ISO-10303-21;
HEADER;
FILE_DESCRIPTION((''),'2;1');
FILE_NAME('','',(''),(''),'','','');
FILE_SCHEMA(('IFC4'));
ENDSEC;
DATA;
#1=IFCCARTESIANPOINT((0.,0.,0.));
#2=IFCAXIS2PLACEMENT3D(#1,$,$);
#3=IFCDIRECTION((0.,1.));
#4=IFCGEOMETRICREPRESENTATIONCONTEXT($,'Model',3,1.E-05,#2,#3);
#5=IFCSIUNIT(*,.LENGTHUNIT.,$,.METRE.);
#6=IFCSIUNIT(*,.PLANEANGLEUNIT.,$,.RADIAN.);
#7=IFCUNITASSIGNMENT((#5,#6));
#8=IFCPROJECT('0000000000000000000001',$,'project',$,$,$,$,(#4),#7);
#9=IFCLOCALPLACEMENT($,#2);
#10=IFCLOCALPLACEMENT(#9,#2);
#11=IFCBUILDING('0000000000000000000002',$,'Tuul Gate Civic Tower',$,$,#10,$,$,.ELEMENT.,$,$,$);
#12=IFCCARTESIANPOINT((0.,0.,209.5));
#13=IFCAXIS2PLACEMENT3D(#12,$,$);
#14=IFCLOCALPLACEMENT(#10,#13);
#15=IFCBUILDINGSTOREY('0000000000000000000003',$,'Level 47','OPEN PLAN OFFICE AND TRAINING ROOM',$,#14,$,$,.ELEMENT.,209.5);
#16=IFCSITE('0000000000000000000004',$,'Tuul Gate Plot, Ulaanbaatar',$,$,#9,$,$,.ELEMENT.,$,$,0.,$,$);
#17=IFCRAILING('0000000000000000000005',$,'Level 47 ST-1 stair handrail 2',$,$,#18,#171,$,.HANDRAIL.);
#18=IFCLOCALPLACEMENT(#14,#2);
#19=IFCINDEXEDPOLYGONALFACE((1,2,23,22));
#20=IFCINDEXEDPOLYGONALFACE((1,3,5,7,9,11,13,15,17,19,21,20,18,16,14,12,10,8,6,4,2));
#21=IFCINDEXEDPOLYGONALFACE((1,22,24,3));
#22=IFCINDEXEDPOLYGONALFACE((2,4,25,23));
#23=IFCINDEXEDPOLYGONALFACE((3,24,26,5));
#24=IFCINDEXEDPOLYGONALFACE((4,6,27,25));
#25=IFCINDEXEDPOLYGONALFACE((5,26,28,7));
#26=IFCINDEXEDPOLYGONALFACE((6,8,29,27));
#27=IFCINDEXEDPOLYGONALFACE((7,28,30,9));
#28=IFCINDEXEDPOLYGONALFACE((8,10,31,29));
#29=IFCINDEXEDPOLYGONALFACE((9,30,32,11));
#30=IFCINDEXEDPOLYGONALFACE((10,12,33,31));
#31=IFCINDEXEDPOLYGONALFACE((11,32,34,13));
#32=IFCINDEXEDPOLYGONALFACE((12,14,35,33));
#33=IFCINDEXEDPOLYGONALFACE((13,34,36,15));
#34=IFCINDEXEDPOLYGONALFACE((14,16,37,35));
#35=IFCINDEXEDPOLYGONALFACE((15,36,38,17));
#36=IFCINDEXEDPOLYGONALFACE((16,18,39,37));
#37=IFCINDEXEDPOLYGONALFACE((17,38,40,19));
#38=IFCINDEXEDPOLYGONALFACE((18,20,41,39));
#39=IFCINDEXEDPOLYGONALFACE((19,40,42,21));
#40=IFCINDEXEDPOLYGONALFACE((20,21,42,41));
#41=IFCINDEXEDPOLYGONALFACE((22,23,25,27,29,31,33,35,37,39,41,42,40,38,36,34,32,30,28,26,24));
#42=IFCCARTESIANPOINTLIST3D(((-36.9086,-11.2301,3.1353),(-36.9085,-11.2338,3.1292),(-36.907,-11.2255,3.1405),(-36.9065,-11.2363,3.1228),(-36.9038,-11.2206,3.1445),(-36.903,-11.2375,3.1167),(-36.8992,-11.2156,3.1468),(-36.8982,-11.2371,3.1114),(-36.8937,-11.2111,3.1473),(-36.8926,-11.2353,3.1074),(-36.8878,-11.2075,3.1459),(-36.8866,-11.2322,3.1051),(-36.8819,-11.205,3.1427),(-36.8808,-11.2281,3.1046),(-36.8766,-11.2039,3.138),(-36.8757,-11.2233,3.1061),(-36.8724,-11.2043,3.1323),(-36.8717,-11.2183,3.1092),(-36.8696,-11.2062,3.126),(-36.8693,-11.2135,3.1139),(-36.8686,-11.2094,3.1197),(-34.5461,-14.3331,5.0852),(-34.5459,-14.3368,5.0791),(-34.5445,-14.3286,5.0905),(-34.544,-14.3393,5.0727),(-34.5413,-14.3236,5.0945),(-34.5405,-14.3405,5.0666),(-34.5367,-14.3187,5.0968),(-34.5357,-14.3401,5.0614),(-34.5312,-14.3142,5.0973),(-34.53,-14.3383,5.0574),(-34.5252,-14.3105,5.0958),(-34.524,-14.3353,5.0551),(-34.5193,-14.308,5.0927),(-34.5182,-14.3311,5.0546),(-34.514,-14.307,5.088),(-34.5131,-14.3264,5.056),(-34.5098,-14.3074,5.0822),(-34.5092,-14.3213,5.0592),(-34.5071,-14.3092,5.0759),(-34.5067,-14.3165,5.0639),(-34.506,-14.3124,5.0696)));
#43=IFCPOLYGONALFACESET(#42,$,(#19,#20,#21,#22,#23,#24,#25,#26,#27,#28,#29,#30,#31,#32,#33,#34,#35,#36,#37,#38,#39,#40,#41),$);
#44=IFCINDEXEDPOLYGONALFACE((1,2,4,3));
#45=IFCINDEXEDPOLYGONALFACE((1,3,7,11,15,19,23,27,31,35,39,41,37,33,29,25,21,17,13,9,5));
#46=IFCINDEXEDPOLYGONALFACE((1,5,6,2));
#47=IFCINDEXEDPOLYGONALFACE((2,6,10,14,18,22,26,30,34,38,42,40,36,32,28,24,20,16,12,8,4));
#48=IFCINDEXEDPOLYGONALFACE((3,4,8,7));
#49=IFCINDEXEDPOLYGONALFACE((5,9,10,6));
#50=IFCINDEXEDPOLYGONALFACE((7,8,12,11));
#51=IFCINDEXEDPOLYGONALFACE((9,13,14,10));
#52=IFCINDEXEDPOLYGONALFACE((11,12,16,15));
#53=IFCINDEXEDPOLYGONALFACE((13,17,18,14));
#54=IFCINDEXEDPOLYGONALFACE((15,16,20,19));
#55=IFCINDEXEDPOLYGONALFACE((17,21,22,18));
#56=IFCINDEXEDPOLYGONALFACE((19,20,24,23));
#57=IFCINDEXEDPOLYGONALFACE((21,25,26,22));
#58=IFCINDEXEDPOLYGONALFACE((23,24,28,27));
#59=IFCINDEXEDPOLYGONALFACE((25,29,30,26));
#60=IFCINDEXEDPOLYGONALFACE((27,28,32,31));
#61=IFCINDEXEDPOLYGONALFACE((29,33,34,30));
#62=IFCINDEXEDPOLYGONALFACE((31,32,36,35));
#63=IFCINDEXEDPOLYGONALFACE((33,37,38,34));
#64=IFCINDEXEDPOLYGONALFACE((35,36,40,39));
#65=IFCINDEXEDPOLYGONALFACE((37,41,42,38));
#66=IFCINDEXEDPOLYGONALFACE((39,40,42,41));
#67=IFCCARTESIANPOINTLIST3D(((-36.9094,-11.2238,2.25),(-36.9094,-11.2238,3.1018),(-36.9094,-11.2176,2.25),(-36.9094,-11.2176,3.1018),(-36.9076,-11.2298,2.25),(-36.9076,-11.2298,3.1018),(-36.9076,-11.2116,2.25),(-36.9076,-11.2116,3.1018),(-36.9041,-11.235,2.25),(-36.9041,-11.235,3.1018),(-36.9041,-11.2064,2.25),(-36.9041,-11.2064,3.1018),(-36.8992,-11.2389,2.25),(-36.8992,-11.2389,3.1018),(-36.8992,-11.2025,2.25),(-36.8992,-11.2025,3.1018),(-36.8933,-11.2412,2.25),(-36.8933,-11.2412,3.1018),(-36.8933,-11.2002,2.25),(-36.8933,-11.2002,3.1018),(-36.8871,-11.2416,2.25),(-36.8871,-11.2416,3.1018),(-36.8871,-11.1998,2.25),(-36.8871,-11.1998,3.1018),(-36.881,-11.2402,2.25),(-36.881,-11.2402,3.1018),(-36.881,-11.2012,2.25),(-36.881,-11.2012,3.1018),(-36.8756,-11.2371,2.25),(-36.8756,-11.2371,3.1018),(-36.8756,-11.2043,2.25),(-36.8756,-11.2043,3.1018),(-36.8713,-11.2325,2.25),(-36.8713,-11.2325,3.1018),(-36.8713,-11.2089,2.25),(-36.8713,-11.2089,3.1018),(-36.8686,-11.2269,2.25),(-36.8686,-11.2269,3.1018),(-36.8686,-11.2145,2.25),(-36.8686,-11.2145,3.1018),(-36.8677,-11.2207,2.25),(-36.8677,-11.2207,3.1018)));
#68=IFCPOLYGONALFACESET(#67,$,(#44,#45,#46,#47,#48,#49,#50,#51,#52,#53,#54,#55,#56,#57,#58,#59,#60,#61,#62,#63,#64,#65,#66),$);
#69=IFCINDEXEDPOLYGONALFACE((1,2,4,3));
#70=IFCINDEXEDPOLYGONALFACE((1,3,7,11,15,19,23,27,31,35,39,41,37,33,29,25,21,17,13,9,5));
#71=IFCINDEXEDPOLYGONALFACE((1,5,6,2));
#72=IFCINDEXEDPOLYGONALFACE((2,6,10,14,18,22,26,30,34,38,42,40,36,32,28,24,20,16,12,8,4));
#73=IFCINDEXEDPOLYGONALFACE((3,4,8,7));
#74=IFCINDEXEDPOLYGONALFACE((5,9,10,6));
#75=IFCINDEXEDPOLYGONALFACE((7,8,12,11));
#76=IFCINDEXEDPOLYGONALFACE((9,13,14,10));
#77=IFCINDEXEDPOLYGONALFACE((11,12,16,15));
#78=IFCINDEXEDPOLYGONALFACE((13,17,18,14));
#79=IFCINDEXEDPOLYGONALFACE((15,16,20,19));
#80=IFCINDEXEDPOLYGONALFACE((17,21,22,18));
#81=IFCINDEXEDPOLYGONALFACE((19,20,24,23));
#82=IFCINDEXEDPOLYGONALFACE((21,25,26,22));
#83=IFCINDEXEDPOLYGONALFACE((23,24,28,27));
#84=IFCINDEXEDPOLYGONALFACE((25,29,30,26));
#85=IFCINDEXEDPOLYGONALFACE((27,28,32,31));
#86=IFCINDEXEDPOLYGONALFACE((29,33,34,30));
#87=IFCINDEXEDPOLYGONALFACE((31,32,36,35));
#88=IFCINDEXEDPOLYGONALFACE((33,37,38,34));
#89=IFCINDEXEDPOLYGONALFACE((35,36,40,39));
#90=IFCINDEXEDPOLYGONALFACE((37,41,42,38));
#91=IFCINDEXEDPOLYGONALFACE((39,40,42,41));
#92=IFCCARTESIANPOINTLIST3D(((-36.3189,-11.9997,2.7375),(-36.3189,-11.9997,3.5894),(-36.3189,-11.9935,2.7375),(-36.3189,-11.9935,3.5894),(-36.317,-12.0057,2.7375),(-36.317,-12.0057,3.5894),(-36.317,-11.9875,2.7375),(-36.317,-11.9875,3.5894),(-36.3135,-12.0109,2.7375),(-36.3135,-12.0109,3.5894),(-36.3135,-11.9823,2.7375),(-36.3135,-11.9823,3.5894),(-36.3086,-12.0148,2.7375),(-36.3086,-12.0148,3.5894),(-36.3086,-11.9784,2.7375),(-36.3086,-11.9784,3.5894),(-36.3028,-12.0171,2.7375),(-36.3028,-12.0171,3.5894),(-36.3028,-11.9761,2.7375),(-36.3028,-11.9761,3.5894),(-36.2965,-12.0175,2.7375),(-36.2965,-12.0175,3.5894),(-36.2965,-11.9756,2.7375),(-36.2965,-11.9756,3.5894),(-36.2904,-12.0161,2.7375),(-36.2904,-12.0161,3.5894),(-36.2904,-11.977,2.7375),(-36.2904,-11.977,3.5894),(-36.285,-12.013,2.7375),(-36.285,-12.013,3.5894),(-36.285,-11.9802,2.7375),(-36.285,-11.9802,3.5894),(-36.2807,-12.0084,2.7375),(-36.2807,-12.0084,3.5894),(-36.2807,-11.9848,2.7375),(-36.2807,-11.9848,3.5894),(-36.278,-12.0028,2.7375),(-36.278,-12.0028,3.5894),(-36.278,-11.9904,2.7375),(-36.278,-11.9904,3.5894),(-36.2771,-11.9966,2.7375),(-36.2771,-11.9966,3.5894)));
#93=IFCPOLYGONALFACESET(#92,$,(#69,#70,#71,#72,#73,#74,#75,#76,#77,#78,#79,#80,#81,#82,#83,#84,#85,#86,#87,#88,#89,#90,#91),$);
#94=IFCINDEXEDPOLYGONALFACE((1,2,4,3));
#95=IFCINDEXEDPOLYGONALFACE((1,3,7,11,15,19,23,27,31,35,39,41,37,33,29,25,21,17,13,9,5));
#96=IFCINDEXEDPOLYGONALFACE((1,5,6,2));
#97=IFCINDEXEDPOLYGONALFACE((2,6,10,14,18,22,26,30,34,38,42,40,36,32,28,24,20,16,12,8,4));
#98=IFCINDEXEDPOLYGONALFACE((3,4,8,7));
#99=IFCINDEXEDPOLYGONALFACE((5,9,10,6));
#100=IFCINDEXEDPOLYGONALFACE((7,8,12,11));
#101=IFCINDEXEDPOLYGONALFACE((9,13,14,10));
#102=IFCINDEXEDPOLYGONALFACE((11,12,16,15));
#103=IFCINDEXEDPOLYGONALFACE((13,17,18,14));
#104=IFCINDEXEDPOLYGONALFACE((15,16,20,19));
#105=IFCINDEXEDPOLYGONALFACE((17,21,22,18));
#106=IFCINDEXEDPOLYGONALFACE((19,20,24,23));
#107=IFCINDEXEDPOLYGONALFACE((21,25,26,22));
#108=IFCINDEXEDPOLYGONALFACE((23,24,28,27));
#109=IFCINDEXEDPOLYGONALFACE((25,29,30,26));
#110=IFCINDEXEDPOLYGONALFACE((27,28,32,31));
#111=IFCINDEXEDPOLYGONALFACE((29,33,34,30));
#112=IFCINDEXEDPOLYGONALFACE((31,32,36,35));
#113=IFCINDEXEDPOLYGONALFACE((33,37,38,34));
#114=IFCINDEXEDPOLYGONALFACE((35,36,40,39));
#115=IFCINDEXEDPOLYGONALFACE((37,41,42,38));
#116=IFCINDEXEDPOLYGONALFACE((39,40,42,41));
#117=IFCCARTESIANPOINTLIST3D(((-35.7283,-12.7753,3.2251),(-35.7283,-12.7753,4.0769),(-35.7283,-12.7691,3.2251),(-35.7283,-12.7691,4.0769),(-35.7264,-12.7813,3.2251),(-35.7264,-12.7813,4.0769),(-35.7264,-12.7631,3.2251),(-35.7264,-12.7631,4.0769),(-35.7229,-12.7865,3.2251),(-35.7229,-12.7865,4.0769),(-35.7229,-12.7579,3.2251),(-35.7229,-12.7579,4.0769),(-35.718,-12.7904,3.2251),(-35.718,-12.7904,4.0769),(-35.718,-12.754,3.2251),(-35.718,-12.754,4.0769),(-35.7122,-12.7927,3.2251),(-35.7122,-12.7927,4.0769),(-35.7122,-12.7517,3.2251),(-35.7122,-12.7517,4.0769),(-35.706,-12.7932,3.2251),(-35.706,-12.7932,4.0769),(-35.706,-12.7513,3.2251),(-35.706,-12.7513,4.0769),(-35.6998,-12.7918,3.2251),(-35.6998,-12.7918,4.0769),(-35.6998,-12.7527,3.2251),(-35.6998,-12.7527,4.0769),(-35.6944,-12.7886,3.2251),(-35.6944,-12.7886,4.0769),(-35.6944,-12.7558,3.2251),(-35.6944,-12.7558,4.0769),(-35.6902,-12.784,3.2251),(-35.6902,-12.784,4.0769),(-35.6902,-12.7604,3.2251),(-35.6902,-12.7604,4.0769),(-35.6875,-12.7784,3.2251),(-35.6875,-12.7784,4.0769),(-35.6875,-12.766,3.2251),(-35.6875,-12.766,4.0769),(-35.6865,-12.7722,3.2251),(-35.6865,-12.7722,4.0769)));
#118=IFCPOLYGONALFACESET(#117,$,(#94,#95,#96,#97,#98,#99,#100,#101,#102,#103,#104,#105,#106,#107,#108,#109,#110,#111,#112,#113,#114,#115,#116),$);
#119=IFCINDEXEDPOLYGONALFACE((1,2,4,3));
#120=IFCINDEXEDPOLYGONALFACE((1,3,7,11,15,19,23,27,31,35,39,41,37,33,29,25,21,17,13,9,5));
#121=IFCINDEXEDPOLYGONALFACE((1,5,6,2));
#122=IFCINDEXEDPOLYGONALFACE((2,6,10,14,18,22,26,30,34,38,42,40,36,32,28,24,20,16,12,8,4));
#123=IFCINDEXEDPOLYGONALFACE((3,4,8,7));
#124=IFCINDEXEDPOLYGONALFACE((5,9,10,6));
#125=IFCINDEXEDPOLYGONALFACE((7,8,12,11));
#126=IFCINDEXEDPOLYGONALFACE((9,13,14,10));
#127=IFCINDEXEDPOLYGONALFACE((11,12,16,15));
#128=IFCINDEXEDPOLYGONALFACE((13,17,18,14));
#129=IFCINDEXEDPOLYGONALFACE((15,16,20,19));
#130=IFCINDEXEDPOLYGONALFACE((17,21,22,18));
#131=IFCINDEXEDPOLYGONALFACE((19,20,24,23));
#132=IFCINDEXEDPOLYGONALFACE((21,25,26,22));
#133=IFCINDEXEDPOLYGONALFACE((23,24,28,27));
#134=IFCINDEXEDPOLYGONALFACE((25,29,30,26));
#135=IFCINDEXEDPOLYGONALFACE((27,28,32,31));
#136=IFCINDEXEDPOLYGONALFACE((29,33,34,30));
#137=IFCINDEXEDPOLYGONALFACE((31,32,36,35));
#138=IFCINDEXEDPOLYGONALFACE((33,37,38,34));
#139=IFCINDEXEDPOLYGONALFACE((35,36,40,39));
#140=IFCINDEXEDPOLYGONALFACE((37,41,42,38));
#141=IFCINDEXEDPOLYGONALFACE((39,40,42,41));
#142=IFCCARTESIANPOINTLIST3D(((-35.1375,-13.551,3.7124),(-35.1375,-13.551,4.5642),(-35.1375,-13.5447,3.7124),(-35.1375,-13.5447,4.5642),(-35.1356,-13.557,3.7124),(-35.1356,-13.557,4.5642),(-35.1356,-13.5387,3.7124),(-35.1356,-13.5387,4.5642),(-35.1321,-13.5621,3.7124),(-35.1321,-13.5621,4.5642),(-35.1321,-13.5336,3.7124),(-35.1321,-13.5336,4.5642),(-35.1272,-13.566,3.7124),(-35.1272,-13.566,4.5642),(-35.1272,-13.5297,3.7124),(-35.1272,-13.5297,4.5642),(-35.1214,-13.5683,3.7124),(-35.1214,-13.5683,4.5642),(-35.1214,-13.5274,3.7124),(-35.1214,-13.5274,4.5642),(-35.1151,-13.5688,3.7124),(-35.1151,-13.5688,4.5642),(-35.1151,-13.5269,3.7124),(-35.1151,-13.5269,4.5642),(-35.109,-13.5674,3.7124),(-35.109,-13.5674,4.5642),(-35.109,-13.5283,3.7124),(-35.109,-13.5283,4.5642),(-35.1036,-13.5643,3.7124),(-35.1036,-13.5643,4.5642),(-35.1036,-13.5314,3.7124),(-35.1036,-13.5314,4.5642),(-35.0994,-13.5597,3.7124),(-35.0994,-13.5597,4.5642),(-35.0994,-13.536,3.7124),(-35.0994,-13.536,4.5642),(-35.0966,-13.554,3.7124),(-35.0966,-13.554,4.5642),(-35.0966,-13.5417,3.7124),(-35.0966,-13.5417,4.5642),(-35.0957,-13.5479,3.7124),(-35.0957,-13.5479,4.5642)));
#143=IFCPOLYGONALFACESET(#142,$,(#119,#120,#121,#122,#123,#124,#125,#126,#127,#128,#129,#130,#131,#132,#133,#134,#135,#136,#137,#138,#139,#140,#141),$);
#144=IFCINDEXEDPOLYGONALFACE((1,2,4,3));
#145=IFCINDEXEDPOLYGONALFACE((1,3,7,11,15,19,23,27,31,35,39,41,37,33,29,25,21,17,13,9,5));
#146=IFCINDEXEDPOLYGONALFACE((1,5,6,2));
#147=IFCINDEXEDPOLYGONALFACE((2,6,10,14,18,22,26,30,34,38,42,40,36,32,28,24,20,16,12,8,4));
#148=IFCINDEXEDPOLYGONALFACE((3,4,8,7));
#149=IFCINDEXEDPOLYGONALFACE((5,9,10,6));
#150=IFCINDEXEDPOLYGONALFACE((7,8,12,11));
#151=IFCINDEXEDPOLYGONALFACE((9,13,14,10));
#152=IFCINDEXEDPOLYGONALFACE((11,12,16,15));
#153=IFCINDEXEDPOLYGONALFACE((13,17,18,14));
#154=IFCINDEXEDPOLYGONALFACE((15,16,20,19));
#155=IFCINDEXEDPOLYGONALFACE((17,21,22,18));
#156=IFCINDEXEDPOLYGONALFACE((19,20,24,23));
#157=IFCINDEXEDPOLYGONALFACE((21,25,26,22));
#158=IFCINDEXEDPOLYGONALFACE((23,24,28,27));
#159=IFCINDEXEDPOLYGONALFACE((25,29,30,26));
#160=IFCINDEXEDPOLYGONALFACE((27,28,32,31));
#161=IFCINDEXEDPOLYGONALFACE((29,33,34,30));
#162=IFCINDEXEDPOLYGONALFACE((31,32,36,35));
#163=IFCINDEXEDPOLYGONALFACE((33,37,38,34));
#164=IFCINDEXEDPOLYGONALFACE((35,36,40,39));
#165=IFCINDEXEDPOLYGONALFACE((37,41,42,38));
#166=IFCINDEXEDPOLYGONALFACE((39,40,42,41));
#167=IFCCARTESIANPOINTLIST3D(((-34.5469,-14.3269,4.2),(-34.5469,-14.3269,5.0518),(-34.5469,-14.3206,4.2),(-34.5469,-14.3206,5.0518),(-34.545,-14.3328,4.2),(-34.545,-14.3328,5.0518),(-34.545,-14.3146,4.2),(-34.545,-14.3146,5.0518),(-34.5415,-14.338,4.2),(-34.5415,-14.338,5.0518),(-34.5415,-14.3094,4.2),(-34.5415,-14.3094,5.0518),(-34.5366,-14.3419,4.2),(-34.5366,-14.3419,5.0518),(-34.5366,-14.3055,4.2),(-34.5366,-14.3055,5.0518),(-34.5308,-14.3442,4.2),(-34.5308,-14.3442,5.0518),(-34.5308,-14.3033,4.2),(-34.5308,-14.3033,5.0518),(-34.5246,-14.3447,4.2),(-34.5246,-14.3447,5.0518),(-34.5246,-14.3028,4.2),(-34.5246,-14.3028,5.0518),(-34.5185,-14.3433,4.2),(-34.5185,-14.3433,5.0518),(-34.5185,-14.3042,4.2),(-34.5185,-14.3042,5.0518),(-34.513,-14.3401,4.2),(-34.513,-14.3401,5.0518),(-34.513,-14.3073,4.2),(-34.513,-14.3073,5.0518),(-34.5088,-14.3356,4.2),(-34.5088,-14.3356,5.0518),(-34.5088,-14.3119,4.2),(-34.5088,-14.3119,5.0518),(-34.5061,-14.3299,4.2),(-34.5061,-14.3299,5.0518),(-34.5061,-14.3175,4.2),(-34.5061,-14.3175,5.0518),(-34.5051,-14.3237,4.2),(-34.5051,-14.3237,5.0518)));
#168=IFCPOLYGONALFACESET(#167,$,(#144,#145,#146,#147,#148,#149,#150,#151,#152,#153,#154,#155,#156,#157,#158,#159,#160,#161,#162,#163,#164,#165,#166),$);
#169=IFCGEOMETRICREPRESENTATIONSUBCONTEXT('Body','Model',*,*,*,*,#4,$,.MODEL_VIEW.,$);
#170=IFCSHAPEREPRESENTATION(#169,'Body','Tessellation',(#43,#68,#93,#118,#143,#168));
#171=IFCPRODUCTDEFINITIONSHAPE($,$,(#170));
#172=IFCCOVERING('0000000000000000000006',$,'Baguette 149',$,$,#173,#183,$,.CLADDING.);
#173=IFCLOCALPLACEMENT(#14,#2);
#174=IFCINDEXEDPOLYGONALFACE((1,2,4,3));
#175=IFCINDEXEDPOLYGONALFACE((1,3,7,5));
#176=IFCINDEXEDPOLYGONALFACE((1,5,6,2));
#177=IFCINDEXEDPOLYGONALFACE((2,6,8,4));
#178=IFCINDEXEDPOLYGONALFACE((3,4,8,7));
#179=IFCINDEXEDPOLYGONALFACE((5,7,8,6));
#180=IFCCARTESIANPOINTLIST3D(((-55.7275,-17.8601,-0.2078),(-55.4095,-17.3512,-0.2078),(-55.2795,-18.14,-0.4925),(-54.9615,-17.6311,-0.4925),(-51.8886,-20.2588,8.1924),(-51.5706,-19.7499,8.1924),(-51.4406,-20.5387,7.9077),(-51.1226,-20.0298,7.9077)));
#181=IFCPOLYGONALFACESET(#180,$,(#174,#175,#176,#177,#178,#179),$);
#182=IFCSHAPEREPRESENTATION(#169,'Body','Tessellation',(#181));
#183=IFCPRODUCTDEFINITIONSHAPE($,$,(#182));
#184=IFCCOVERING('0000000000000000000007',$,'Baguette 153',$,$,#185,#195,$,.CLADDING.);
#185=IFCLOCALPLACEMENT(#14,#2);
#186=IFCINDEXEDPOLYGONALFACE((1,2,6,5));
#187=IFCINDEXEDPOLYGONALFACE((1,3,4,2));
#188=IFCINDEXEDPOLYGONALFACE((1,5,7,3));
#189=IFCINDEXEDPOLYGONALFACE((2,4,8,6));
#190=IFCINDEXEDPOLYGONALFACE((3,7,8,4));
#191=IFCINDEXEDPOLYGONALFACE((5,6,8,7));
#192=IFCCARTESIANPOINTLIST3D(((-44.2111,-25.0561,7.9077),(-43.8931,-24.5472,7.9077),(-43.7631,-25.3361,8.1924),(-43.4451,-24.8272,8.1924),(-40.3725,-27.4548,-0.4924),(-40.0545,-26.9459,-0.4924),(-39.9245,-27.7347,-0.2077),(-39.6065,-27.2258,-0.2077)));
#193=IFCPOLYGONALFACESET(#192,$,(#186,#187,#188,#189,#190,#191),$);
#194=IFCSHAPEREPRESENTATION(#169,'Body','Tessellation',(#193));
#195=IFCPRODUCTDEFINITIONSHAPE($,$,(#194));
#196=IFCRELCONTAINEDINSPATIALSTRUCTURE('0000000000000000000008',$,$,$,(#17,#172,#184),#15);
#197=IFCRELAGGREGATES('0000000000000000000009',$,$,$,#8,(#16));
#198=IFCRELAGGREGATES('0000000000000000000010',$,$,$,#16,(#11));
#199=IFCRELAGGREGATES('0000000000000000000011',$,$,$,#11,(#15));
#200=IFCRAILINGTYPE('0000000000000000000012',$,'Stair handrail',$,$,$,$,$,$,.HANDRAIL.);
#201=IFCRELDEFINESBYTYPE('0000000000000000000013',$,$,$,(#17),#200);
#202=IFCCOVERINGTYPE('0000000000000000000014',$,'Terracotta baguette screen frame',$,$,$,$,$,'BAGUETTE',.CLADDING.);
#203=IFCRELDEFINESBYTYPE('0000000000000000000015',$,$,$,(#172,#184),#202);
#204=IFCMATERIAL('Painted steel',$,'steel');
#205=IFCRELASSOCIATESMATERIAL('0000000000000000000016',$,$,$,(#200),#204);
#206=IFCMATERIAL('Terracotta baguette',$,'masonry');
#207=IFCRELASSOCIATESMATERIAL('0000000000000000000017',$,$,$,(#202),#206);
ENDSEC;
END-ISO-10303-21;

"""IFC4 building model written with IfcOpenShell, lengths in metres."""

from ifc_helpers import new_model, si_unit, direction, frame, origin, origin_2d, place, context, subcontext, project, spatial, rectangle, circle, extrude, material, material_profile, profile_set, type_object, element, save


model = new_model("IFC4")

# Units and contexts
model_context = context("Model", 3, precision=1e-05, world=origin(), true_north=direction((0.0, 1.0)))
body_context = subcontext(model_context, "Body", "Model", "MODEL_VIEW")
ifc_project = project(units=[si_unit("LENGTHUNIT", "METRE"), si_unit("PLANEANGLEUNIT", "RADIAN")], contexts=[model_context])

# Site, building, storey
site_placement = place(None, origin())
site = spatial("IfcSite", under=ifc_project, at=site_placement, Name="Tuul Gate Plot, Ulaanbaatar", CompositionType="ELEMENT", RefElevation=0.0)
building_placement = place(site_placement, origin())
building = spatial("IfcBuilding", under=site, at=building_placement, Name="Tuul Gate Civic Tower", CompositionType="ELEMENT")
storey_placement = place(building_placement, frame((0.0, 0.0, 209.5)))
storey = spatial("IfcBuildingStorey", under=building, at=storey_placement, Name="Level 47", Description="OPEN PLAN OFFICE AND TRAINING ROOM", CompositionType="ELEMENT", Elevation=209.5)

# Railing
ifc_material_1 = material(Name="Painted steel", Category="steel")
railing_type = type_object("IfcRailingType", Name="Stair handrail", PredefinedType="HANDRAIL", material=ifc_material_1)
railing_placement = place(storey_placement, frame((-36.8887, -11.2207, 2.25)))
element("IfcRailing", 1, at=railing_placement, inside=storey, type_object=railing_type, Name="Level 47 ST-1 stair handrail 2", PredefinedType="HANDRAIL", context=body_context, shape_type="SweptSolid", body=[
    extrude(circle(Radius=0.0239, at=origin_2d()), frame((0.0, 0.0, 0.876), z_axis=(0.541824, -0.711645, 0.4472), x_axis=(0.795637, 0.605773, 0.0)), (0.0, 0.0, 1.0), 4.3604),
    extrude(circle(Radius=0.021, at=origin_2d()), origin(), (0.0, 0.0, 1.0), 0.8518),
    extrude(circle(Radius=0.021, at=origin_2d()), frame((0.5906, -0.7759, 0.4875)), (0.0, 0.0, 1.0), 0.8518),
    extrude(circle(Radius=0.021, at=origin_2d()), frame((1.1812, -1.5515, 0.9751)), (0.0, 0.0, 1.0), 0.8518),
    extrude(circle(Radius=0.021, at=origin_2d()), frame((1.772, -2.3271, 1.4624)), (0.0, 0.0, 1.0), 0.8518),
    extrude(circle(Radius=0.021, at=origin_2d()), frame((2.3625, -3.103, 1.95)), (0.0, 0.0, 1.0), 0.8518),
])

# Coverings
ifc_material_2 = material(Name="Terracotta baguette", Category="masonry")
ifc_material_profile_1 = material_profile(ifc_material_2, rectangle(XDim=0.6001, YDim=0.6001, at=origin_2d()), Name="Terracotta baguette screen frame")
ifc_profile_set_1 = profile_set([ifc_material_profile_1], Name="Terracotta baguette")
covering_type = type_object("IfcCoveringType", Name="Terracotta baguette screen frame", ElementType="BAGUETTE", PredefinedType="CLADDING", material=ifc_profile_set_1)
covering_1_placement = place(storey_placement, frame((-51.5056, -20.1443, 8.05), z_axis=(-0.402305, 0.251377, -0.880318), x_axis=(-0.529902, -0.848059, 0.0)))
element("IfcCovering", 2, at=covering_1_placement, inside=storey, type_object=covering_type, Name="Baguette 149", PredefinedType="CLADDING", context=body_context, shape_type="SweptSolid", body=[
    extrude(rectangle(XDim=0.6001, YDim=0.6001, at=origin_2d()), origin(), (0.0, 0.0, 1.0), 9.5422),
])
covering_2_placement = place(storey_placement, frame((-43.8281, -24.9417, 8.05), z_axis=(0.402284, -0.25138, -0.880327), x_axis=(0.529926, 0.848044, 0.0)))
element("IfcCovering", 3, at=covering_2_placement, inside=storey, type_object=covering_type, Name="Baguette 153", PredefinedType="CLADDING", context=body_context, shape_type="SweptSolid", body=[
    extrude(rectangle(XDim=0.6001, YDim=0.6001, at=origin_2d()), origin(), (0.0, 0.0, 1.0), 9.542),
])

save(model, "model.ifc")
